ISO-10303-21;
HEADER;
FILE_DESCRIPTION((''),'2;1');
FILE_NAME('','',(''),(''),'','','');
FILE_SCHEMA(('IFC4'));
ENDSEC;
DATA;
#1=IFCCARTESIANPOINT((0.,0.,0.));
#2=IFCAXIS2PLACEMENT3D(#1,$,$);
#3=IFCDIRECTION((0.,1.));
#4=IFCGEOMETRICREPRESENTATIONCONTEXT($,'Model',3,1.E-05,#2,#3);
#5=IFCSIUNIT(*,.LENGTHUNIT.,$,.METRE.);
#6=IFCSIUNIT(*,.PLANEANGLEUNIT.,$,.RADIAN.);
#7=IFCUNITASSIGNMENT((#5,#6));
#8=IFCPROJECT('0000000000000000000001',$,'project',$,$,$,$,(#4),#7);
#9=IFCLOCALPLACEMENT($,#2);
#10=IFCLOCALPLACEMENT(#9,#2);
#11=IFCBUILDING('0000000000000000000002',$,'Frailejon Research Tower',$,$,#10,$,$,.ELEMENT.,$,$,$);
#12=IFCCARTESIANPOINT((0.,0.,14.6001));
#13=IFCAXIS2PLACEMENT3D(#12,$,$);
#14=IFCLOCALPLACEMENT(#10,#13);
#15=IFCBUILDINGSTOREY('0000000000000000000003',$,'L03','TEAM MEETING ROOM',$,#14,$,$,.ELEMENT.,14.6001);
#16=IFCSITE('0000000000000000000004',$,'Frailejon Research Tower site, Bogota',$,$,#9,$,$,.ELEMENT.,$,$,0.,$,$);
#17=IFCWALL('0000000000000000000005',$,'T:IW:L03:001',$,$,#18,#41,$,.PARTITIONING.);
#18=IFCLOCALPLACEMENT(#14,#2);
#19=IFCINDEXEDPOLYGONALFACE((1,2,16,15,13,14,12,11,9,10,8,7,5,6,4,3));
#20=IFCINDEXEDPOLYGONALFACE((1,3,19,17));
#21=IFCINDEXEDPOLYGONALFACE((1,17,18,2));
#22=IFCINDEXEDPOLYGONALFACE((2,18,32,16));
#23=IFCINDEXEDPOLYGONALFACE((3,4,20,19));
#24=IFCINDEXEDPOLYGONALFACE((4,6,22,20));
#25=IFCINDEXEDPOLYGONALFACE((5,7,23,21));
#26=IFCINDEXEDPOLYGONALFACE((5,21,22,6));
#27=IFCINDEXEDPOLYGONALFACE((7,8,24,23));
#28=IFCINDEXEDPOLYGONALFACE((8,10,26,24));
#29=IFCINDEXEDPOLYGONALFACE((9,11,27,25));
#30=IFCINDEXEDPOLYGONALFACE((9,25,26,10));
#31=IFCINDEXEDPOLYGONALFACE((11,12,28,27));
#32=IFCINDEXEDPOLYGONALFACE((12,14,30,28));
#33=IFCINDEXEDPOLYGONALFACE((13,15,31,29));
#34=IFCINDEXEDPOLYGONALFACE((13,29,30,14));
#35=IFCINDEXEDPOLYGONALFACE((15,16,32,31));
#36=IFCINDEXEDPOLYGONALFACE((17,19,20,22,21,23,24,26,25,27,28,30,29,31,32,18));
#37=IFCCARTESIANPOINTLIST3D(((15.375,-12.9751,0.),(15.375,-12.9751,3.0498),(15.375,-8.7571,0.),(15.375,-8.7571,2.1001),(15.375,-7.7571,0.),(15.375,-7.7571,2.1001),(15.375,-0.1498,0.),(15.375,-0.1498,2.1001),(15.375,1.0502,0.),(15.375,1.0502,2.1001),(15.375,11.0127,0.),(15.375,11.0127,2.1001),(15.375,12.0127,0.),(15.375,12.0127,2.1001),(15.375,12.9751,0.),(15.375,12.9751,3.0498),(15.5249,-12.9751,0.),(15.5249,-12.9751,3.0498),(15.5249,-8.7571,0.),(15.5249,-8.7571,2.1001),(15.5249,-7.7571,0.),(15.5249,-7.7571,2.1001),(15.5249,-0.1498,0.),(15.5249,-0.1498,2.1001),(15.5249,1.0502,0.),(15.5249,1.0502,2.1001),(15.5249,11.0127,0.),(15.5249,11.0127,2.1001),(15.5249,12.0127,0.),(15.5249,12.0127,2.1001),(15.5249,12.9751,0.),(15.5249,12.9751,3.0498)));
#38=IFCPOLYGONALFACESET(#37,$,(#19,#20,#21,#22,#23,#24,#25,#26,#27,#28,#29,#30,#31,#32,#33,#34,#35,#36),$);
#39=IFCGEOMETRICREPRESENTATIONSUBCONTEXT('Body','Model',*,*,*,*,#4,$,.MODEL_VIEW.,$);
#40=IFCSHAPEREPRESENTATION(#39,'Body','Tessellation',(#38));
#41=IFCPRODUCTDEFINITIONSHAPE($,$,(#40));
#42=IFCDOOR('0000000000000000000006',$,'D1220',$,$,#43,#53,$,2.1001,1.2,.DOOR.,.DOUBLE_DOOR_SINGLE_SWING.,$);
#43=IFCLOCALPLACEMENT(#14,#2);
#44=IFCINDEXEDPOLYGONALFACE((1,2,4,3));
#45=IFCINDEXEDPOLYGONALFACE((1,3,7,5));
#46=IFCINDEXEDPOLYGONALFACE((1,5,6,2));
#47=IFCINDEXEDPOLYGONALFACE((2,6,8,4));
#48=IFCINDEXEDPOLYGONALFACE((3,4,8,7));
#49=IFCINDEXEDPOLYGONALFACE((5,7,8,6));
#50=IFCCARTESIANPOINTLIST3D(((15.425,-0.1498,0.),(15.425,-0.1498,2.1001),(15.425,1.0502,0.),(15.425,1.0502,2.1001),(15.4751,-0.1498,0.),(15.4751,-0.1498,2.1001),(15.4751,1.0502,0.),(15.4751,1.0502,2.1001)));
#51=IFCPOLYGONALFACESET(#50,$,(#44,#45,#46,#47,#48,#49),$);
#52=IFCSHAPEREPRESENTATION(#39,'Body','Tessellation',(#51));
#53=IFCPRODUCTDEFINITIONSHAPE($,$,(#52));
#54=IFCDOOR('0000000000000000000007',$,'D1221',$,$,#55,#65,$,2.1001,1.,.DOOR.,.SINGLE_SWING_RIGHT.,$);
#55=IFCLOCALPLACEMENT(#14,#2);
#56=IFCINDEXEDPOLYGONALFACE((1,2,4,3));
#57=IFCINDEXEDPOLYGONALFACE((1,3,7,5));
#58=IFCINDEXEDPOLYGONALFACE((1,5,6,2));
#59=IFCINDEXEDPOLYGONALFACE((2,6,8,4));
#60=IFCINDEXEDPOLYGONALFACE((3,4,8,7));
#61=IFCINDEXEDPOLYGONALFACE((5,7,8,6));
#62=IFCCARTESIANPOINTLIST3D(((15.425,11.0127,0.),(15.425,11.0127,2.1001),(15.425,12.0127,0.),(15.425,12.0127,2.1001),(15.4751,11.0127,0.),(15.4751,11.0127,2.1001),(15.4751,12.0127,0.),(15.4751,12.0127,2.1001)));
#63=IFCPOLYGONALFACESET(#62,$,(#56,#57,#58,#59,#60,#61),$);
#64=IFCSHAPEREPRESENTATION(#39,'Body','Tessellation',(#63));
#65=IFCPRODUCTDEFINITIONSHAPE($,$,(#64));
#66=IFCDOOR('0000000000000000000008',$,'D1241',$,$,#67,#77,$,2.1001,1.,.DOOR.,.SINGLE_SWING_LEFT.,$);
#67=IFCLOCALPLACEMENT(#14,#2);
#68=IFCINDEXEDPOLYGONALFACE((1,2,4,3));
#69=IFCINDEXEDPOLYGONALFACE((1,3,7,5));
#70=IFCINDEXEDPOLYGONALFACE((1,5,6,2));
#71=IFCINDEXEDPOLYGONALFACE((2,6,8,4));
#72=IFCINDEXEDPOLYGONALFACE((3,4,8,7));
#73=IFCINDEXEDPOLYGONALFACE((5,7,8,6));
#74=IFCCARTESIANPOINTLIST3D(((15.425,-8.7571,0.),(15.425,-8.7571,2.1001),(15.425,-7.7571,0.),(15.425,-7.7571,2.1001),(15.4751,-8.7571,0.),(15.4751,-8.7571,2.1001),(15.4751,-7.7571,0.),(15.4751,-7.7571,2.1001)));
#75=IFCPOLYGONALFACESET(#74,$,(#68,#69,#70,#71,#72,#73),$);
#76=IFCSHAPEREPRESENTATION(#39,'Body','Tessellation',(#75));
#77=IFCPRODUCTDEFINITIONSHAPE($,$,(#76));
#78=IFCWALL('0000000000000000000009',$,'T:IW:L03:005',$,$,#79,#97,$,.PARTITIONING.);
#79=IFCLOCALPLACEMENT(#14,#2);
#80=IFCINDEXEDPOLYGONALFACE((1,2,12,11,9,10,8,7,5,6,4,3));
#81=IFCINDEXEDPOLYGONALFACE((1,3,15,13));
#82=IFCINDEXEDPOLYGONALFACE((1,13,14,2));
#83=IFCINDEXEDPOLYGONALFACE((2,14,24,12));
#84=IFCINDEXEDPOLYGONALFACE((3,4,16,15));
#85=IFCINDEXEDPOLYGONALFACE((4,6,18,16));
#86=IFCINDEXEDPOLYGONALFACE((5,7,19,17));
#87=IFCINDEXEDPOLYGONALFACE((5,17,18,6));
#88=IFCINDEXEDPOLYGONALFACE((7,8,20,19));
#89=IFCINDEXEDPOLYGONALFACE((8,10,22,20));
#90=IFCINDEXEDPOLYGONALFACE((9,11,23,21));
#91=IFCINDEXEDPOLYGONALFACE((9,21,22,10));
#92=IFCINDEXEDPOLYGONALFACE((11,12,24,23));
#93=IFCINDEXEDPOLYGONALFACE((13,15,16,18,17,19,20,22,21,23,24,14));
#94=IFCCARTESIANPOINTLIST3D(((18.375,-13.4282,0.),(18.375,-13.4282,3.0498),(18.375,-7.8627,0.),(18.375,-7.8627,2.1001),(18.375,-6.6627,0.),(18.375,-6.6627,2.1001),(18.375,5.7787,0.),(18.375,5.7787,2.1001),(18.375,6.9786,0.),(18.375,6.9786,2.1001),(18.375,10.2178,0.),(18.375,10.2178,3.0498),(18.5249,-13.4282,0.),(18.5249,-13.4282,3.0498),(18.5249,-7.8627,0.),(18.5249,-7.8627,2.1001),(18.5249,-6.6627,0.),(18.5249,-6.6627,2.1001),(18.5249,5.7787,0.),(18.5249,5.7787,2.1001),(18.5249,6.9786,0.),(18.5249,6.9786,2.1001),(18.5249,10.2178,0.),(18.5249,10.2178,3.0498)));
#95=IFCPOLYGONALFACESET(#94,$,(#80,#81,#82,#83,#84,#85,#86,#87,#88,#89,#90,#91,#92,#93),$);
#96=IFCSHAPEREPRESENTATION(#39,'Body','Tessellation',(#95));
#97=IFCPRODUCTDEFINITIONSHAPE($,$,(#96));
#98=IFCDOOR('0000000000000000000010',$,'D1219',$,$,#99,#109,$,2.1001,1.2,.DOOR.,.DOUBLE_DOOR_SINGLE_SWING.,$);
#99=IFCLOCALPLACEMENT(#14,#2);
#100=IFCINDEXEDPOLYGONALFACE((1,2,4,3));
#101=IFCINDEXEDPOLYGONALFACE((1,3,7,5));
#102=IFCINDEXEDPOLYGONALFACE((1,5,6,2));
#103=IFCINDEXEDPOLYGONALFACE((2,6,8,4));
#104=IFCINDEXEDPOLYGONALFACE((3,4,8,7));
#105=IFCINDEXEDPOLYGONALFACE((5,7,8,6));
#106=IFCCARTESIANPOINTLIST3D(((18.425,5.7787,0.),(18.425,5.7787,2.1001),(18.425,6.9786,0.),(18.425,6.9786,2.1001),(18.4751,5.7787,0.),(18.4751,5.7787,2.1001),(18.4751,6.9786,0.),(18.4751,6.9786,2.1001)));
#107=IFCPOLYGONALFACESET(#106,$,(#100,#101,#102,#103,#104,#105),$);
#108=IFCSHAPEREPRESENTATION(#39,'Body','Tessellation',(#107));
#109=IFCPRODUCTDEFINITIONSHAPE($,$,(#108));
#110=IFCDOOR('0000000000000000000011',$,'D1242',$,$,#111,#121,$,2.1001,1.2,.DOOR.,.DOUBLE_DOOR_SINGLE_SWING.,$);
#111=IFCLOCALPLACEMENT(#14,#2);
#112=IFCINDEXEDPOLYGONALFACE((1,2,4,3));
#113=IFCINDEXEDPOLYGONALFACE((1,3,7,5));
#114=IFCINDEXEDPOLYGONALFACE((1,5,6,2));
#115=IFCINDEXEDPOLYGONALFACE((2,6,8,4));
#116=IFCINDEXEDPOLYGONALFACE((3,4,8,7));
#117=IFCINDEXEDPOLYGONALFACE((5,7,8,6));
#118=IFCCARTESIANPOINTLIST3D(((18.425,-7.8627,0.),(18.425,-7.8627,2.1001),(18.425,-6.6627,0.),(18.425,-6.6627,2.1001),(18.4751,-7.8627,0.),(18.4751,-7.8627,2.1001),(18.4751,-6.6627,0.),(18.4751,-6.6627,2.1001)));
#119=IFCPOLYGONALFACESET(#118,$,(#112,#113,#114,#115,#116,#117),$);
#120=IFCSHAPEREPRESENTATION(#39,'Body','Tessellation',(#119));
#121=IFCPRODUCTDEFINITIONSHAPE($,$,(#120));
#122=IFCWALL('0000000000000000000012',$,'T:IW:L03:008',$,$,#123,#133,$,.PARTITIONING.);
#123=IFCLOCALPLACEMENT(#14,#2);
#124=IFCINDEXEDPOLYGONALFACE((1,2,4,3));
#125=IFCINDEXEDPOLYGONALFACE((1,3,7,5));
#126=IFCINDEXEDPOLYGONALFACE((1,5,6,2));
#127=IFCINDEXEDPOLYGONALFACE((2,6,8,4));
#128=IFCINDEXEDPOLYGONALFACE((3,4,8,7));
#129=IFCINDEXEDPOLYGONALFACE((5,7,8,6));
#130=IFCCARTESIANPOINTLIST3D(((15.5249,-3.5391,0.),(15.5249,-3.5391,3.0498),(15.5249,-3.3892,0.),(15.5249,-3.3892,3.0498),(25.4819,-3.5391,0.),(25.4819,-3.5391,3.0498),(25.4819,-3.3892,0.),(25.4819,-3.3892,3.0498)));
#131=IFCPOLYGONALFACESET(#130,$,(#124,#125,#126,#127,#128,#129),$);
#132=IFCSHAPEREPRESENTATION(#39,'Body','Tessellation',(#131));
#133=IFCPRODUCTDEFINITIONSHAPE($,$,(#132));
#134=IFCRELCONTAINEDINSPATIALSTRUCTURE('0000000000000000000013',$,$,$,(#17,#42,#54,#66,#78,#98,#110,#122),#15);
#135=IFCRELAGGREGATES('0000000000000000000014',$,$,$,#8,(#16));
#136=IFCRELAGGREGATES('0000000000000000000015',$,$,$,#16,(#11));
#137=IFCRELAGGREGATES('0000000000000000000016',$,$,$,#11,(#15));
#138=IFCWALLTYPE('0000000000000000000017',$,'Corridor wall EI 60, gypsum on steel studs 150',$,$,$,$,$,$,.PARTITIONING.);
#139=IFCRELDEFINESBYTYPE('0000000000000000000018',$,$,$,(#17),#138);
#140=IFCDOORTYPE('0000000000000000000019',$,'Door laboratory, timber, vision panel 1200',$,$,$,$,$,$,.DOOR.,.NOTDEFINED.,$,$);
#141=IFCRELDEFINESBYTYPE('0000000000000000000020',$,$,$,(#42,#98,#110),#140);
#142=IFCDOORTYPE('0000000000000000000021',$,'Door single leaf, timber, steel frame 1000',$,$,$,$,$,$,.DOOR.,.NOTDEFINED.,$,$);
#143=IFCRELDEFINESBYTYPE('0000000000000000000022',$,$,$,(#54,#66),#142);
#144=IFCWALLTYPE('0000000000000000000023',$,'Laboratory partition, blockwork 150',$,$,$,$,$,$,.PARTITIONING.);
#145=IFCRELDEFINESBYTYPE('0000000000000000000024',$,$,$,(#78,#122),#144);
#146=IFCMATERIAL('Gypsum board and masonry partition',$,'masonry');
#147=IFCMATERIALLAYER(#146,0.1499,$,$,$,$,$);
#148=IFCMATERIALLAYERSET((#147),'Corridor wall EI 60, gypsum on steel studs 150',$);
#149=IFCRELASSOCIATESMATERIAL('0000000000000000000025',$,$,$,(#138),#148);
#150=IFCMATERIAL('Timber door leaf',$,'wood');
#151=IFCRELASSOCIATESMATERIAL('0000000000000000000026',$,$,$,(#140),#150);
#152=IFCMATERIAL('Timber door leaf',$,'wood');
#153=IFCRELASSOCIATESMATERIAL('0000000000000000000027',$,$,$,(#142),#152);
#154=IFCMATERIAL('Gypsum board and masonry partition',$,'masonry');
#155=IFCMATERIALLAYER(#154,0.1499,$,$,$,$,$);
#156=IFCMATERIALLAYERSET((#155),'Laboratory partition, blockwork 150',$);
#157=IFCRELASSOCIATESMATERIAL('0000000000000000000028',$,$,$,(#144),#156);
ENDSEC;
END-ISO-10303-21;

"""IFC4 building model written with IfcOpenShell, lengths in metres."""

from ifc_helpers import new_model, si_unit, direction, frame, frame_2d, origin, place, context, subcontext, project, spatial, rectangle, extrude, material, layer, layer_set, type_object, element, fill, save


model = new_model("IFC4")

# Units and contexts
model_context = context("Model", 3, precision=1e-05, world=origin(), true_north=direction((0.0, 1.0)))
body_context = subcontext(model_context, "Body", "Model", "MODEL_VIEW")
ifc_project = project(units=[si_unit("LENGTHUNIT", "METRE"), si_unit("PLANEANGLEUNIT", "RADIAN")], contexts=[model_context])

# Site, building, storey
site_placement = place(None, origin())
site = spatial("IfcSite", under=ifc_project, at=site_placement, Name="Frailejon Research Tower site, Bogota", CompositionType="ELEMENT", RefElevation=0.0)
building_placement = place(site_placement, origin())
building = spatial("IfcBuilding", under=site, at=building_placement, Name="Frailejon Research Tower", CompositionType="ELEMENT")
storey_placement = place(building_placement, frame((0.0, 0.0, 14.6001)))
storey = spatial("IfcBuildingStorey", under=building, at=storey_placement, Name="L03", Description="TEAM MEETING ROOM", CompositionType="ELEMENT", Elevation=14.6001)

# Walls, openings, doors
ifc_material_1 = material(Name="Gypsum board and masonry partition", Category="masonry")
ifc_layer_1 = layer(ifc_material_1, 0.1499)
ifc_layer_set_1 = layer_set([ifc_layer_1], Name="Corridor wall EI 60, gypsum on steel studs 150")
wall_type_1 = type_object("IfcWallType", Name="Corridor wall EI 60, gypsum on steel studs 150", PredefinedType="PARTITIONING", material=ifc_layer_set_1)
wall_1_placement = place(storey_placement, frame((15.45, -12.9751, 0.0), z_axis=(0.0, 0.0, 1.0), x_axis=(0.0, 1.0, 0.0)))
wall_1 = element("IfcWall", 1, at=wall_1_placement, inside=storey, type_object=wall_type_1, Name="T:IW:L03:001", PredefinedType="PARTITIONING", context=body_context, shape_type="SweptSolid", body=[
    extrude(rectangle(XDim=25.9502, YDim=0.1499, at=frame_2d((12.9751, 0.0))), origin(), (0.0, 0.0, 1.0), 3.0498),
])
opening_1_placement = place(wall_1_placement, frame((12.8252, 0.0, 0.0)))
opening_1 = element("IfcOpeningElement", 2, at=opening_1_placement, cuts=wall_1, PredefinedType="OPENING", context=body_context, shape_type="SweptSolid", body=[
    extrude(rectangle(XDim=1.2, YDim=2.1001, at=frame_2d((0.6001, 1.05))), frame((0.0, 0.085, 0.0), z_axis=(0.0, -1.0, 0.0), x_axis=(1.0, 0.0, 0.0)), (0.0, 0.0, 1.0), 0.1699),
])
opening_2_placement = place(wall_1_placement, frame((23.9878, 0.0, 0.0)))
opening_2 = element("IfcOpeningElement", 3, at=opening_2_placement, cuts=wall_1, PredefinedType="OPENING", context=body_context, shape_type="SweptSolid", body=[
    extrude(rectangle(XDim=1.0, YDim=2.1001, at=frame_2d((0.5, 1.05))), frame((0.0, 0.085, 0.0), z_axis=(0.0, -1.0, 0.0), x_axis=(1.0, 0.0, 0.0)), (0.0, 0.0, 1.0), 0.1699),
])
opening_3_placement = place(wall_1_placement, frame((4.218, 0.0, 0.0)))
opening_3 = element("IfcOpeningElement", 4, at=opening_3_placement, cuts=wall_1, PredefinedType="OPENING", context=body_context, shape_type="SweptSolid", body=[
    extrude(rectangle(XDim=1.0, YDim=2.1001, at=frame_2d((0.5, 1.05))), frame((0.0, 0.085, 0.0), z_axis=(0.0, -1.0, 0.0), x_axis=(1.0, 0.0, 0.0)), (0.0, 0.0, 1.0), 0.1699),
])
ifc_material_2 = material(Name="Timber door leaf", Category="wood")
door_type_1 = type_object("IfcDoorType", Name="Door laboratory, timber, vision panel 1200", OperationType="NOTDEFINED", PredefinedType="DOOR", material=ifc_material_2)
door_1_placement = place(opening_1_placement, origin())
door_1 = element("IfcDoor", 5, at=door_1_placement, inside=storey, type_object=door_type_1, Name="D1220", OperationType="DOUBLE_DOOR_SINGLE_SWING", OverallHeight=2.1001, OverallWidth=1.2, PredefinedType="DOOR", context=body_context, shape_type="SweptSolid", body=[
    extrude(rectangle(XDim=1.2, YDim=2.1001, at=frame_2d((0.6001, 1.05))), frame((0.0, 0.0249, 0.0), z_axis=(0.0, -1.0, 0.0), x_axis=(1.0, 0.0, 0.0)), (0.0, 0.0, 1.0), 0.05),
])
fill(opening_1, door_1)
ifc_material_3 = material(Name="Timber door leaf", Category="wood")
door_type_2 = type_object("IfcDoorType", Name="Door single leaf, timber, steel frame 1000", OperationType="NOTDEFINED", PredefinedType="DOOR", material=ifc_material_3)
door_2_placement = place(opening_2_placement, origin())
door_2 = element("IfcDoor", 6, at=door_2_placement, inside=storey, type_object=door_type_2, Name="D1221", OperationType="SINGLE_SWING_RIGHT", OverallHeight=2.1001, OverallWidth=1.0, PredefinedType="DOOR", context=body_context, shape_type="SweptSolid", body=[
    extrude(rectangle(XDim=1.0, YDim=2.1001, at=frame_2d((0.5, 1.05))), frame((0.0, 0.0249, 0.0), z_axis=(0.0, -1.0, 0.0), x_axis=(1.0, 0.0, 0.0)), (0.0, 0.0, 1.0), 0.05),
])
fill(opening_2, door_2)
door_3_placement = place(opening_3_placement, origin())
door_3 = element("IfcDoor", 7, at=door_3_placement, inside=storey, type_object=door_type_2, Name="D1241", OperationType="SINGLE_SWING_LEFT", OverallHeight=2.1001, OverallWidth=1.0, PredefinedType="DOOR", context=body_context, shape_type="SweptSolid", body=[
    extrude(rectangle(XDim=1.0, YDim=2.1001, at=frame_2d((0.5, 1.05))), frame((0.0, 0.0249, 0.0), z_axis=(0.0, -1.0, 0.0), x_axis=(1.0, 0.0, 0.0)), (0.0, 0.0, 1.0), 0.05),
])
fill(opening_3, door_3)
ifc_material_4 = material(Name="Gypsum board and masonry partition", Category="masonry")
ifc_layer_2 = layer(ifc_material_4, 0.1499)
ifc_layer_set_2 = layer_set([ifc_layer_2], Name="Laboratory partition, blockwork 150")
wall_type_2 = type_object("IfcWallType", Name="Laboratory partition, blockwork 150", PredefinedType="PARTITIONING", material=ifc_layer_set_2)
wall_2_placement = place(storey_placement, frame((18.45, -13.4282, 0.0), z_axis=(0.0, 0.0, 1.0), x_axis=(0.0, 1.0, 0.0)))
wall_2 = element("IfcWall", 8, at=wall_2_placement, inside=storey, type_object=wall_type_2, Name="T:IW:L03:005", PredefinedType="PARTITIONING", context=body_context, shape_type="SweptSolid", body=[
    extrude(rectangle(XDim=23.646, YDim=0.1499, at=frame_2d((11.823, 0.0))), origin(), (0.0, 0.0, 1.0), 3.0498),
])
opening_4_placement = place(wall_2_placement, frame((19.2068, 0.0, 0.0)))
opening_4 = element("IfcOpeningElement", 9, at=opening_4_placement, cuts=wall_2, PredefinedType="OPENING", context=body_context, shape_type="SweptSolid", body=[
    extrude(rectangle(XDim=1.2, YDim=2.1001, at=frame_2d((0.6001, 1.05))), frame((0.0, 0.085, 0.0), z_axis=(0.0, -1.0, 0.0), x_axis=(1.0, 0.0, 0.0)), (0.0, 0.0, 1.0), 0.1699),
])
opening_5_placement = place(wall_2_placement, frame((5.5654, 0.0, 0.0)))
opening_5 = element("IfcOpeningElement", 10, at=opening_5_placement, cuts=wall_2, PredefinedType="OPENING", context=body_context, shape_type="SweptSolid", body=[
    extrude(rectangle(XDim=1.2, YDim=2.1001, at=frame_2d((0.6001, 1.05))), frame((0.0, 0.085, 0.0), z_axis=(0.0, -1.0, 0.0), x_axis=(1.0, 0.0, 0.0)), (0.0, 0.0, 1.0), 0.1699),
])
door_4_placement = place(opening_4_placement, origin())
door_4 = element("IfcDoor", 11, at=door_4_placement, inside=storey, type_object=door_type_1, Name="D1219", OperationType="DOUBLE_DOOR_SINGLE_SWING", OverallHeight=2.1001, OverallWidth=1.2, PredefinedType="DOOR", context=body_context, shape_type="SweptSolid", body=[
    extrude(rectangle(XDim=1.2, YDim=2.1001, at=frame_2d((0.6001, 1.05))), frame((0.0, 0.0249, 0.0), z_axis=(0.0, -1.0, 0.0), x_axis=(1.0, 0.0, 0.0)), (0.0, 0.0, 1.0), 0.05),
])
fill(opening_4, door_4)
door_5_placement = place(opening_5_placement, origin())
door_5 = element("IfcDoor", 12, at=door_5_placement, inside=storey, type_object=door_type_1, Name="D1242", OperationType="DOUBLE_DOOR_SINGLE_SWING", OverallHeight=2.1001, OverallWidth=1.2, PredefinedType="DOOR", context=body_context, shape_type="SweptSolid", body=[
    extrude(rectangle(XDim=1.2, YDim=2.1001, at=frame_2d((0.6001, 1.05))), frame((0.0, 0.0249, 0.0), z_axis=(0.0, -1.0, 0.0), x_axis=(1.0, 0.0, 0.0)), (0.0, 0.0, 1.0), 0.05),
])
fill(opening_5, door_5)

# Wall
wall_3_placement = place(storey_placement, frame((15.5249, -3.4641, 0.0), z_axis=(0.0, 0.0, 1.0), x_axis=(1.0, 0.0, 0.0)))
element("IfcWall", 13, at=wall_3_placement, inside=storey, type_object=wall_type_2, Name="T:IW:L03:008", PredefinedType="PARTITIONING", context=body_context, shape_type="SweptSolid", body=[
    extrude(rectangle(XDim=9.957, YDim=0.1499, at=frame_2d((4.9785, 0.0))), origin(), (0.0, 0.0, 1.0), 3.0498),
])

save(model, "model.ifc")
